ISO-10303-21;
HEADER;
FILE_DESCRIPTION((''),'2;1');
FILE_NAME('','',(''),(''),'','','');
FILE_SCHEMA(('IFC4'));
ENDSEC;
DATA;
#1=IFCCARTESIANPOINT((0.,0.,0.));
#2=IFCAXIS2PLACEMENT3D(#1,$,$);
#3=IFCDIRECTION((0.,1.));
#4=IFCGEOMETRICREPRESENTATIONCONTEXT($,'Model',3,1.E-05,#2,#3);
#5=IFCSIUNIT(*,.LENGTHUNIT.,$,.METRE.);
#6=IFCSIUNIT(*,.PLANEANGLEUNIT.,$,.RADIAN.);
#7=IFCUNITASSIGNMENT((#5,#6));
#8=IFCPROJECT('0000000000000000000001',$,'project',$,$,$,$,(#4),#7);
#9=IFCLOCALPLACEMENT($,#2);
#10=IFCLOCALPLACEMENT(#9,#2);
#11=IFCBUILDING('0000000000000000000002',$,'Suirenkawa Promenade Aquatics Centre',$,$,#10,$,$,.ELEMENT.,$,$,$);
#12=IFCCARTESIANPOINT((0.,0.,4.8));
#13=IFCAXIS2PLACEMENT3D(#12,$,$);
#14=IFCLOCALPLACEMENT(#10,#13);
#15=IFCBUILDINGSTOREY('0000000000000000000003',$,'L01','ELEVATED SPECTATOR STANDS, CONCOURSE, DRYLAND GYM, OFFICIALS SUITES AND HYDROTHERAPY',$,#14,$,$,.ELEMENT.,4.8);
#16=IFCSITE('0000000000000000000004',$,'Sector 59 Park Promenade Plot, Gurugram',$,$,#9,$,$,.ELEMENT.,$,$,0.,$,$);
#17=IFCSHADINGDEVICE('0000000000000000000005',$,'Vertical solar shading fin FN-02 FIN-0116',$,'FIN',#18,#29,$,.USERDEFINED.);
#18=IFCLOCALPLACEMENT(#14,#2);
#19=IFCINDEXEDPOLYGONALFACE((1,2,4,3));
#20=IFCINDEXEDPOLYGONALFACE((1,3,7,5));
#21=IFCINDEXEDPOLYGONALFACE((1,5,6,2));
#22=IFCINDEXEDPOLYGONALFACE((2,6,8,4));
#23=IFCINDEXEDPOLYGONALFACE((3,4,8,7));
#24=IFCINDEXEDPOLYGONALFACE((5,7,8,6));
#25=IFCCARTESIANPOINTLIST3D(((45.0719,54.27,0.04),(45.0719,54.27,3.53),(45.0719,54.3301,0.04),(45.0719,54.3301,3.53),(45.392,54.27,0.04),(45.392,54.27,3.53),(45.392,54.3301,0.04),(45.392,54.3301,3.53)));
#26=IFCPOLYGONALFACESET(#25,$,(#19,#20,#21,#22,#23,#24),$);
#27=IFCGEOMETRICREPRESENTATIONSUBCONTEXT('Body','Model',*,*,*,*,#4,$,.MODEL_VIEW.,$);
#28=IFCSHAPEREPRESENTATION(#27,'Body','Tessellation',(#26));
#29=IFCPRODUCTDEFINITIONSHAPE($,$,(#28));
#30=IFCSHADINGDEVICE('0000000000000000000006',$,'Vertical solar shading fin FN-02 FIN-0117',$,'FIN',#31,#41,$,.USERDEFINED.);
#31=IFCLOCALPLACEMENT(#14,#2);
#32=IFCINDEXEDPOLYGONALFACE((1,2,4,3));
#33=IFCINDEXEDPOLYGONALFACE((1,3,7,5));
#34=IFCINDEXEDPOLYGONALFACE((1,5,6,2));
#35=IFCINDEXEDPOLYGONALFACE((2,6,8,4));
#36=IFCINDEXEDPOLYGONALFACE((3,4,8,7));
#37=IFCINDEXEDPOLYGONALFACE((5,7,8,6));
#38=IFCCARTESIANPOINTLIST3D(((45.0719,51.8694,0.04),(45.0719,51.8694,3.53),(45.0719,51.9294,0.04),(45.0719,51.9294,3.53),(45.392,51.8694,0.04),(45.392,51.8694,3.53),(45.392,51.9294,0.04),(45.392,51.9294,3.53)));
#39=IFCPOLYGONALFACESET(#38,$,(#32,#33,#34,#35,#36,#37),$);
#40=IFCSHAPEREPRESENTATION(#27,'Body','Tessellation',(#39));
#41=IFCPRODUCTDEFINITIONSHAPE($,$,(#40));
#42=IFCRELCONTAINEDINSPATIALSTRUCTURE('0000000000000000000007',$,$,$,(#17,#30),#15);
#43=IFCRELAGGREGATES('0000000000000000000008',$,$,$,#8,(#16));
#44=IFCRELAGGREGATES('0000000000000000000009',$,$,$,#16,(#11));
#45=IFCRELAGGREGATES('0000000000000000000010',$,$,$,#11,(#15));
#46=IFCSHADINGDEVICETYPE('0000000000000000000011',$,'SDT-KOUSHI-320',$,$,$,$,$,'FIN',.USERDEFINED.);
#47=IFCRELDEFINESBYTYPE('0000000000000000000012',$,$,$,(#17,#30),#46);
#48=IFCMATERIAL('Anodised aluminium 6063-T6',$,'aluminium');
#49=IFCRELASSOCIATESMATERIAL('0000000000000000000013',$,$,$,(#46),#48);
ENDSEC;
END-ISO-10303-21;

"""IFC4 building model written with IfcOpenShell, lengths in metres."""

from ifc_helpers import new_model, si_unit, direction, frame, origin, origin_2d, place, context, subcontext, project, spatial, rectangle, extrude, material, type_object, element, save


model = new_model("IFC4")

# Units and contexts
model_context = context("Model", 3, precision=1e-05, world=origin(), true_north=direction((0.0, 1.0)))
body_context = subcontext(model_context, "Body", "Model", "MODEL_VIEW")
ifc_project = project(units=[si_unit("LENGTHUNIT", "METRE"), si_unit("PLANEANGLEUNIT", "RADIAN")], contexts=[model_context])

# Site, building, storey
site_placement = place(None, origin())
site = spatial("IfcSite", under=ifc_project, at=site_placement, Name="Sector 59 Park Promenade Plot, Gurugram", CompositionType="ELEMENT", RefElevation=0.0)
building_placement = place(site_placement, origin())
building = spatial("IfcBuilding", under=site, at=building_placement, Name="Suirenkawa Promenade Aquatics Centre", CompositionType="ELEMENT")
storey_placement = place(building_placement, frame((0.0, 0.0, 4.8)))
storey = spatial("IfcBuildingStorey", under=building, at=storey_placement, Name="L01", Description="ELEVATED SPECTATOR STANDS, CONCOURSE, DRYLAND GYM, OFFICIALS SUITES AND HYDROTHERAPY", CompositionType="ELEMENT", Elevation=4.8)

# Shared definitions
ifc_material_1 = material(Name="Anodised aluminium 6063-T6", Category="aluminium")

# Shading devices
shading_device_type = type_object("IfcShadingDeviceType", Name="SDT-KOUSHI-320", ElementType="FIN", PredefinedType="USERDEFINED", material=ifc_material_1)
for number, where, z_axis, x_axis, name in (
    (1, (45.2319, 54.3, 0.04), (0.0, 0.0, 1.0), (1.0, 0.0, 0.0), "Vertical solar shading fin FN-02 FIN-0116"),
    (2, (45.2319, 51.8994, 0.04), (0.0, 0.0, 1.0), (1.0, 0.0, 0.0), "Vertical solar shading fin FN-02 FIN-0117"),
):
    element("IfcShadingDevice", number, at=place(storey_placement, frame(where, z_axis=z_axis, x_axis=x_axis)), inside=storey, type_object=shading_device_type, Name=name, ObjectType="FIN", PredefinedType="USERDEFINED", context=body_context, shape_type="SweptSolid", body=[
        extrude(rectangle(XDim=0.3201, YDim=0.0601, at=origin_2d()), origin(), (0.0, 0.0, 1.0), 3.49),
    ])

save(model, "model.ifc")
